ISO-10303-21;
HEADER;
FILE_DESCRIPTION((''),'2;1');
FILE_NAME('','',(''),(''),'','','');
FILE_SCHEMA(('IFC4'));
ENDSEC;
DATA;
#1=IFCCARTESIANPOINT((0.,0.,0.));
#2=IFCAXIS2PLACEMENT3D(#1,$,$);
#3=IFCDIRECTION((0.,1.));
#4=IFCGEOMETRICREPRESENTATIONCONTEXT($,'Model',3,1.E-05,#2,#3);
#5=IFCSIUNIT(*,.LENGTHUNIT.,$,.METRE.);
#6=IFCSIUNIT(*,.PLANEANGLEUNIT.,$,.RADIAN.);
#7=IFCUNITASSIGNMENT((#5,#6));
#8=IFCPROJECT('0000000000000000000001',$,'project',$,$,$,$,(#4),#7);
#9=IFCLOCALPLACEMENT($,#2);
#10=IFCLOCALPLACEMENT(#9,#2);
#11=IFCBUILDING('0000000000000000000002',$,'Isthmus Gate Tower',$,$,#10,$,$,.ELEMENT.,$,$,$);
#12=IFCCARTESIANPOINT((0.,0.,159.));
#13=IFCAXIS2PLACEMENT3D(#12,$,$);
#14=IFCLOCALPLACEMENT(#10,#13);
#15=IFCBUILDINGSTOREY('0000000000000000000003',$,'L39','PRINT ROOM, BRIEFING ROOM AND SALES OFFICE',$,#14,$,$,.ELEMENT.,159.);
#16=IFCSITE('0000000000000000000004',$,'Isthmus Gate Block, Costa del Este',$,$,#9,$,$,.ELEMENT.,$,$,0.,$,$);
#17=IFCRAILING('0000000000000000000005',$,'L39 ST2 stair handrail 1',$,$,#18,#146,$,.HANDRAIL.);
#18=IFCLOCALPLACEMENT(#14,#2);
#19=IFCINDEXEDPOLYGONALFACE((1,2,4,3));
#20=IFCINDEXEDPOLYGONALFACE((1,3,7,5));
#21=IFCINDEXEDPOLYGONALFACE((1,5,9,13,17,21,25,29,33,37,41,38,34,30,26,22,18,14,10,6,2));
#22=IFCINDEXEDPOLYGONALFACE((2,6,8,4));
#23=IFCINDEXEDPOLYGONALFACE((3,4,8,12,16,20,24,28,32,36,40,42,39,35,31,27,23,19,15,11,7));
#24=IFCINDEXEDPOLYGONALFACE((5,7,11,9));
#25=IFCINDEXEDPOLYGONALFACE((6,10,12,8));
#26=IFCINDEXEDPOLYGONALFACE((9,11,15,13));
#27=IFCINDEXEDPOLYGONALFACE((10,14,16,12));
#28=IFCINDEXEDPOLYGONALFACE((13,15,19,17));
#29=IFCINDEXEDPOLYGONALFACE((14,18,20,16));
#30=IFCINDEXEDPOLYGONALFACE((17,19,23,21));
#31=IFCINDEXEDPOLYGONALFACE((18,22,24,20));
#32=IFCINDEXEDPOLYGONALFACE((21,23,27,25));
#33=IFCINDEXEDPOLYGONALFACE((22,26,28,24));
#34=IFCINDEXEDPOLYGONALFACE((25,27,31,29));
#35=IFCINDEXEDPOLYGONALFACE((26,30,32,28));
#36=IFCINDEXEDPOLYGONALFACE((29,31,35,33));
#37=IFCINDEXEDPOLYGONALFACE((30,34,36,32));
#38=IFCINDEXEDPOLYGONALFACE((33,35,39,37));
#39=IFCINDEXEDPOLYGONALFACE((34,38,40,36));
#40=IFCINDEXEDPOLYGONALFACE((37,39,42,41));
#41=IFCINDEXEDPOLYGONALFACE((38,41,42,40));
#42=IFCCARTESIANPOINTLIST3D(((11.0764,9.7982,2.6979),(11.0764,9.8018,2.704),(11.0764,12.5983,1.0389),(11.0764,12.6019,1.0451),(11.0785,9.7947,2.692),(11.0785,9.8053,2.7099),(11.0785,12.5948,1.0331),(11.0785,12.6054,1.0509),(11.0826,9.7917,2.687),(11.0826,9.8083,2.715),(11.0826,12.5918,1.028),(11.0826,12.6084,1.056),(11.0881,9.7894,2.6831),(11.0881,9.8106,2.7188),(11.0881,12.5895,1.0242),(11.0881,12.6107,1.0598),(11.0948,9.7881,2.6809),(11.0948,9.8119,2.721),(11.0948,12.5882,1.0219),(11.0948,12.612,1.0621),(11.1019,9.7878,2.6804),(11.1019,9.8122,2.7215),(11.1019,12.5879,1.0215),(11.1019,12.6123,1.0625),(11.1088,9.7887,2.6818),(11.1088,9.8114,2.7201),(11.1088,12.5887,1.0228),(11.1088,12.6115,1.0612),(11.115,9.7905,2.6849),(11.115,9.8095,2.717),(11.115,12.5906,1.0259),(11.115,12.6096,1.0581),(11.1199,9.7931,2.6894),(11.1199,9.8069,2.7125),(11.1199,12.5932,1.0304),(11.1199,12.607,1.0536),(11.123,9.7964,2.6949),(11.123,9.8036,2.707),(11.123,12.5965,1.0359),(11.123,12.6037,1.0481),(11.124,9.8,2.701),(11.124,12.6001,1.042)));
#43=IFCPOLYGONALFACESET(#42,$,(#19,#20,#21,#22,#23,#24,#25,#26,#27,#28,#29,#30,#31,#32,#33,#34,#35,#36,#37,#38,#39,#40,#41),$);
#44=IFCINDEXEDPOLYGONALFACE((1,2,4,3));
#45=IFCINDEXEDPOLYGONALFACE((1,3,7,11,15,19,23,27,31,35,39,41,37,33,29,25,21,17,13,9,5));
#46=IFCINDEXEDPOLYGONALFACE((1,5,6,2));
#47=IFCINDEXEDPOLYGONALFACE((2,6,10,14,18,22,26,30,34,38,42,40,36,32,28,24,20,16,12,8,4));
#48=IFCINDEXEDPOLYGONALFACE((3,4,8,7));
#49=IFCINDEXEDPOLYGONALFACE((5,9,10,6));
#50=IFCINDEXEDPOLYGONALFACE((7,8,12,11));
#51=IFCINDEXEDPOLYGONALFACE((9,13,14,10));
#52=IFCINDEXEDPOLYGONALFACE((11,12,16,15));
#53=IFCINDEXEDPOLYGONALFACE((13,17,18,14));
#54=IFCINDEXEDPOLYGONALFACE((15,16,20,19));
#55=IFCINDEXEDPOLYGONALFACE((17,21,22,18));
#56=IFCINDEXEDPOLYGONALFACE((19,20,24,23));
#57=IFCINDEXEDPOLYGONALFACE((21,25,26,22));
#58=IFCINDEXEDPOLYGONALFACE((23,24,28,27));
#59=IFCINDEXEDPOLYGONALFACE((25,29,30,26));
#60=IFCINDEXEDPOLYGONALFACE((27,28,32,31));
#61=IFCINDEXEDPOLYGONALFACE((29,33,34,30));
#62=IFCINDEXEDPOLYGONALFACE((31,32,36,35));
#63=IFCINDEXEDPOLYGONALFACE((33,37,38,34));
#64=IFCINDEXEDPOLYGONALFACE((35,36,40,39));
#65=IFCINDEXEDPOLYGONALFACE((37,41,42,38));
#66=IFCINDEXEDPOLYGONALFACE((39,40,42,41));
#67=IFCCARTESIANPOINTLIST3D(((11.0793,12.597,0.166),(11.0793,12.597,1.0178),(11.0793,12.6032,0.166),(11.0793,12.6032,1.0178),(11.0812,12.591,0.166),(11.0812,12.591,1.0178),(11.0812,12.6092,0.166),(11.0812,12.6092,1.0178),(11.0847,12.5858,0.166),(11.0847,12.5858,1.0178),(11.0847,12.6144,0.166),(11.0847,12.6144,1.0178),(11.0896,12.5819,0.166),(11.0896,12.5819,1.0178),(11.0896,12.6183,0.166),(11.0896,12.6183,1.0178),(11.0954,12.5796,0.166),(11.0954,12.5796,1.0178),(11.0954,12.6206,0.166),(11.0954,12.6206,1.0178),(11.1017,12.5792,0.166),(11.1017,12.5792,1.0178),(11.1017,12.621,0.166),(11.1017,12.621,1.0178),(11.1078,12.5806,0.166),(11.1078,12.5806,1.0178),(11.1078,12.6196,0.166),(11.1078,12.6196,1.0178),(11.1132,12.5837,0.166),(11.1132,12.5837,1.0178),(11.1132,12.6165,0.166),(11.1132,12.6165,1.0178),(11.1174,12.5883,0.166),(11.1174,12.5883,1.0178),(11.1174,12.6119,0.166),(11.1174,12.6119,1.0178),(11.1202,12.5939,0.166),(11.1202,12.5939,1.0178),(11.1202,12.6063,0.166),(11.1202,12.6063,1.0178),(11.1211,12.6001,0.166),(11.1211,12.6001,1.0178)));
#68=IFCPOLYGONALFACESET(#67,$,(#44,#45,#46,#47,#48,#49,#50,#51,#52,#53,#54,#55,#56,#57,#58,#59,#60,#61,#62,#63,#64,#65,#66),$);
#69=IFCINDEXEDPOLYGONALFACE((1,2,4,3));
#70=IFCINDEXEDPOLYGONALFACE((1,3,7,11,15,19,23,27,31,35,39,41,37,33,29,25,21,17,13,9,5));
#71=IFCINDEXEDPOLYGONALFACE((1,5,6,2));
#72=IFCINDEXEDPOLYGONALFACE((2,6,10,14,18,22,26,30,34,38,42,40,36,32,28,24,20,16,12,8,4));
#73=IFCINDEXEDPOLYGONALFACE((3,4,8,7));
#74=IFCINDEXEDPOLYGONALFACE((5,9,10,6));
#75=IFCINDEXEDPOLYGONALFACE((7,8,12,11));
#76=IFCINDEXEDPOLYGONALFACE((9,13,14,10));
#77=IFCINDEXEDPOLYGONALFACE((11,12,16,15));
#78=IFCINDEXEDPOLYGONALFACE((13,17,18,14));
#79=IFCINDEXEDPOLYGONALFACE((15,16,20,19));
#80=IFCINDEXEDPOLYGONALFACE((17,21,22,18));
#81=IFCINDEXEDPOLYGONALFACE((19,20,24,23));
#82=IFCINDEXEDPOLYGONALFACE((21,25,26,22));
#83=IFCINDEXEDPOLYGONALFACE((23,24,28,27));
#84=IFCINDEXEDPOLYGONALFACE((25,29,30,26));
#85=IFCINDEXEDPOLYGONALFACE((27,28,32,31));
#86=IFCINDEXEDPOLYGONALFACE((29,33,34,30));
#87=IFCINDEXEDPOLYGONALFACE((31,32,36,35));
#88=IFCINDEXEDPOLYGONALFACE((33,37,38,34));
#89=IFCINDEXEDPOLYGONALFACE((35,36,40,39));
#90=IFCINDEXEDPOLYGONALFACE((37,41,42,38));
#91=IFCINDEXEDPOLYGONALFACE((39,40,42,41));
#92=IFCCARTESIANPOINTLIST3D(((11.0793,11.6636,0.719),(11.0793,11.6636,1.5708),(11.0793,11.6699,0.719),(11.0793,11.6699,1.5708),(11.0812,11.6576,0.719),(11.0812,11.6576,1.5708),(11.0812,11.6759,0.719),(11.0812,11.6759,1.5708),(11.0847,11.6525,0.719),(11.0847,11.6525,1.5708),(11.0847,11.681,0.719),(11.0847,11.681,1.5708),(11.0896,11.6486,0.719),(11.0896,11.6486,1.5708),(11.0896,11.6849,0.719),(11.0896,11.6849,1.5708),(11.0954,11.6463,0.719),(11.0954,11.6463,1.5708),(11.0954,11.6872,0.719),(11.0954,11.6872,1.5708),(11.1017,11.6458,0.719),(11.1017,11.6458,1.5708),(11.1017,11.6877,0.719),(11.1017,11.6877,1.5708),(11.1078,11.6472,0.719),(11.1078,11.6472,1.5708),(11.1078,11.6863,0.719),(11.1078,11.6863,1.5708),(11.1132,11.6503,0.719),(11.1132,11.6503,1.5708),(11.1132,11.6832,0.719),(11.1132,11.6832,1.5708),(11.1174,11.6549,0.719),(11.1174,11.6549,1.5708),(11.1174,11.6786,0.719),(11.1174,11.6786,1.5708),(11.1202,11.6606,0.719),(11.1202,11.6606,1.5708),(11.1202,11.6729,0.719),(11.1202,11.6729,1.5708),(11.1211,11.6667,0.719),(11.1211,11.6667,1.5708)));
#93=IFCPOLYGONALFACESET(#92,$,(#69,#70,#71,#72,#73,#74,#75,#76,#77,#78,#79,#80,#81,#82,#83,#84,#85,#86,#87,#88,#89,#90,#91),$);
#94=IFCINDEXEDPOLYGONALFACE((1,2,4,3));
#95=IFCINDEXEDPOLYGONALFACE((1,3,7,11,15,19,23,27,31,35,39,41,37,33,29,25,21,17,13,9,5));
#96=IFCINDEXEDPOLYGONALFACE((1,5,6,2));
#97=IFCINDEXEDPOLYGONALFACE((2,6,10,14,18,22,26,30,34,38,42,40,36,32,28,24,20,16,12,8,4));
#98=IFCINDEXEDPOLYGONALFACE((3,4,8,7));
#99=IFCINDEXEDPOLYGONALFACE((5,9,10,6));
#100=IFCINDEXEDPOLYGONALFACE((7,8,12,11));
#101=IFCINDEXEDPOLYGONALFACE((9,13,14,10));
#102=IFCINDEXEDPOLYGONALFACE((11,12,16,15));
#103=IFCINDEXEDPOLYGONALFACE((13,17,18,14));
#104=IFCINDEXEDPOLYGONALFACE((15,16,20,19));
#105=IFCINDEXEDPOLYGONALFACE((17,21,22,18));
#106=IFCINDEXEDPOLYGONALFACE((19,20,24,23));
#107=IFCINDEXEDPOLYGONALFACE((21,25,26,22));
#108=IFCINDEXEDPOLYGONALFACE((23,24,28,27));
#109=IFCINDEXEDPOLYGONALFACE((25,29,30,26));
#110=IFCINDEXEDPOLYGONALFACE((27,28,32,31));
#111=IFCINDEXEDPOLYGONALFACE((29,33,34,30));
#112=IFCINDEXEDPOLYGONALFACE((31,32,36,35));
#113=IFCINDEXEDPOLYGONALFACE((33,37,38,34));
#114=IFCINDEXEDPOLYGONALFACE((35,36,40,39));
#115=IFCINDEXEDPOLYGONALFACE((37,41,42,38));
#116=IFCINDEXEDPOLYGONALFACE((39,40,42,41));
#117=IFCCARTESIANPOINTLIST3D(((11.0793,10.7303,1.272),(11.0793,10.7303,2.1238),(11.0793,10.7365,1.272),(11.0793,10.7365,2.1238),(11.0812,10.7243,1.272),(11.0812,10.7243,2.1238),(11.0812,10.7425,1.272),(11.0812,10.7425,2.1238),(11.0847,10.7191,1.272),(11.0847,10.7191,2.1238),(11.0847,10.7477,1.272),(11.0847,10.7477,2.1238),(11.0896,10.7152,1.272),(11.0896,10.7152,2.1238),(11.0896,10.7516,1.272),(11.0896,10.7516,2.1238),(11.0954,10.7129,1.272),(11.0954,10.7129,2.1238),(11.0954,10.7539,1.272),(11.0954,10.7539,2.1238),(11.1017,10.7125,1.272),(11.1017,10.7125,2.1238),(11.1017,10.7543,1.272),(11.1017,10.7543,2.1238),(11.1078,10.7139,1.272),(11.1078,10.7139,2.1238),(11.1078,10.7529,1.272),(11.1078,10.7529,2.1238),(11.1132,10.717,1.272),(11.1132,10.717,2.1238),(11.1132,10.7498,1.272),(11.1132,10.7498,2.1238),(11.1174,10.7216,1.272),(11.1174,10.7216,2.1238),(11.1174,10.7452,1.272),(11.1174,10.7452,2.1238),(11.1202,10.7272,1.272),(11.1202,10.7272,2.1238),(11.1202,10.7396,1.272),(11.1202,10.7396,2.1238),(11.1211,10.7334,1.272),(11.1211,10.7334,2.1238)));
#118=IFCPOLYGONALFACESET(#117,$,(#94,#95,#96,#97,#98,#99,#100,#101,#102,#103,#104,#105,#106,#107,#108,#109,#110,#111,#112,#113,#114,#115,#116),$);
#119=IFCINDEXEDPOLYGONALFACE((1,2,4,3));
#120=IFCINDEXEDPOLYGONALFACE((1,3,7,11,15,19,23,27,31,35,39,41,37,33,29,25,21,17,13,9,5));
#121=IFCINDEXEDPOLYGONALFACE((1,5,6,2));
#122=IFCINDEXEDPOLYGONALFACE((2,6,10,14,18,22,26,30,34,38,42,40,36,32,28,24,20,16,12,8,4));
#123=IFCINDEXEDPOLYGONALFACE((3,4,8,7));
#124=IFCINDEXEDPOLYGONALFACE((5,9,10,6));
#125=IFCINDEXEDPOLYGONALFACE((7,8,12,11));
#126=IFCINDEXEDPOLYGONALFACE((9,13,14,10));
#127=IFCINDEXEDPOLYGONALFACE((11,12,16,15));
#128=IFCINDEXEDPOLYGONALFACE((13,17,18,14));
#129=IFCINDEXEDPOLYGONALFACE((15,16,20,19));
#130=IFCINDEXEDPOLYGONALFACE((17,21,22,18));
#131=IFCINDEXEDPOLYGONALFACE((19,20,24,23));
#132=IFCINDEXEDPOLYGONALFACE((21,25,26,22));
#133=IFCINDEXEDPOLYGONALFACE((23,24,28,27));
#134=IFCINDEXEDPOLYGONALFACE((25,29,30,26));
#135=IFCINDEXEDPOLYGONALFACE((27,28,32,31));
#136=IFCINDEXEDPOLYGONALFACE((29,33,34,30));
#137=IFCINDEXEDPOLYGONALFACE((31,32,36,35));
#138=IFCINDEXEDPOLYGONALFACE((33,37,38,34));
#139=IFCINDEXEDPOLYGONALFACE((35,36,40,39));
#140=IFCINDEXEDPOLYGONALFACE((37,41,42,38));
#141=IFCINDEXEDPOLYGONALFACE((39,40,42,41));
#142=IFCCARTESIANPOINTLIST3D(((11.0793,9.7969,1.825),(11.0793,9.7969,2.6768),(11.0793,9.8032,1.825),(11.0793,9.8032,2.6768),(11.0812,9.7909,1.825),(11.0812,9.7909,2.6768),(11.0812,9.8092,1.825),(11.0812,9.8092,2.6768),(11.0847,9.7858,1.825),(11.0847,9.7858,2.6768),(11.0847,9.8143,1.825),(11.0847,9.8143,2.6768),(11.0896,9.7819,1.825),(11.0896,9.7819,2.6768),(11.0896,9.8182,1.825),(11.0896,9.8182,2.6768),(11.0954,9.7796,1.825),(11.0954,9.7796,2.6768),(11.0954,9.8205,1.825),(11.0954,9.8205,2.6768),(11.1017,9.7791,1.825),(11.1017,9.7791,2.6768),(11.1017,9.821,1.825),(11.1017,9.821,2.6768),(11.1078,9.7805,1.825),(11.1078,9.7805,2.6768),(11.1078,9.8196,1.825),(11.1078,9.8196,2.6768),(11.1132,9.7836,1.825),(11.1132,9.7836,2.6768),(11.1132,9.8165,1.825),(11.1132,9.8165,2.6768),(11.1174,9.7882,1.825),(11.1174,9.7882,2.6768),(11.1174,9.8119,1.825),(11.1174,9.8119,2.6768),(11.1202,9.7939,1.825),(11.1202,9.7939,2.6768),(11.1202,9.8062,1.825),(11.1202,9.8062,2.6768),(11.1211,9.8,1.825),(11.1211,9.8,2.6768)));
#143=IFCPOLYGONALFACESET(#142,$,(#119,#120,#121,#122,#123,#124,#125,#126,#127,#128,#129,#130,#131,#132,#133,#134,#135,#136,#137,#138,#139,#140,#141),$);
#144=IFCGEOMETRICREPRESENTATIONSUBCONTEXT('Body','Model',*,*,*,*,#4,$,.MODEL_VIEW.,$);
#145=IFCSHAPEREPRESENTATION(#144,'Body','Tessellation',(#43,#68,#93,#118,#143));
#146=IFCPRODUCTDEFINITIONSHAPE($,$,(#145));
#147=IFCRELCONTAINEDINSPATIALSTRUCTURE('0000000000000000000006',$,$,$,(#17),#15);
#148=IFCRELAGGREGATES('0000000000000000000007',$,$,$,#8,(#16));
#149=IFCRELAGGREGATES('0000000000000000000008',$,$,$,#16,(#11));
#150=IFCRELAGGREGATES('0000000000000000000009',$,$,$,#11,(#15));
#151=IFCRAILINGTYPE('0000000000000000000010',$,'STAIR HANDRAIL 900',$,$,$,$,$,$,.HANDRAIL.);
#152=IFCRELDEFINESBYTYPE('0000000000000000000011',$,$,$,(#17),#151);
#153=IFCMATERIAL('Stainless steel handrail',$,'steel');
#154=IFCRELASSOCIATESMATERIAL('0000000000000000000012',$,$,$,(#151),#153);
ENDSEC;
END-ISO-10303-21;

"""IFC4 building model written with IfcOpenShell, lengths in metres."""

from ifc_helpers import new_model, si_unit, direction, frame, origin, origin_2d, place, context, subcontext, project, spatial, circle, extrude, material, type_object, element, save


model = new_model("IFC4")

# Units and contexts
model_context = context("Model", 3, precision=1e-05, world=origin(), true_north=direction((0.0, 1.0)))
body_context = subcontext(model_context, "Body", "Model", "MODEL_VIEW")
ifc_project = project(units=[si_unit("LENGTHUNIT", "METRE"), si_unit("PLANEANGLEUNIT", "RADIAN")], contexts=[model_context])

# Site, building, storey
site_placement = place(None, origin())
site = spatial("IfcSite", under=ifc_project, at=site_placement, Name="Isthmus Gate Block, Costa del Este", CompositionType="ELEMENT", RefElevation=0.0)
building_placement = place(site_placement, origin())
building = spatial("IfcBuilding", under=site, at=building_placement, Name="Isthmus Gate Tower", CompositionType="ELEMENT")
storey_placement = place(building_placement, frame((0.0, 0.0, 159.0)))
storey = spatial("IfcBuildingStorey", under=building, at=storey_placement, Name="L39", Description="PRINT ROOM, BRIEFING ROOM AND SALES OFFICE", CompositionType="ELEMENT", Elevation=159.0)

# Railing
ifc_material_1 = material(Name="Stainless steel handrail", Category="steel")
railing_type_1 = type_object("IfcRailingType", Name="STAIR HANDRAIL 900", PredefinedType="HANDRAIL", material=ifc_material_1)
for number, where, name in (
    (1, (11.1001, 12.6001, 0.166), "L39 ST2 stair handrail 1"),
):
    element("IfcRailing", number, at=place(storey_placement, frame(where)), inside=storey, type_object=railing_type_1, Name=name, PredefinedType="HANDRAIL", context=body_context, shape_type="SweptSolid", body=[
        extrude(circle(Radius=0.0239, at=origin_2d()), frame((0.0, 0.0, 0.876), z_axis=(0.0, -0.860339, 0.509722), x_axis=(1.0, 0.0, 0.0)), (0.0, 0.0, 1.0), 3.2546),
        extrude(circle(Radius=0.021, at=origin_2d()), origin(), (0.0, 0.0, 1.0), 0.8518),
        extrude(circle(Radius=0.021, at=origin_2d()), frame((0.0, -0.9333, 0.553)), (0.0, 0.0, 1.0), 0.8518),
        extrude(circle(Radius=0.021, at=origin_2d()), frame((0.0, -1.8667, 1.106)), (0.0, 0.0, 1.0), 0.8518),
        extrude(circle(Radius=0.021, at=origin_2d()), frame((0.0, -2.8, 1.6589)), (0.0, 0.0, 1.0), 0.8518),
    ])

save(model, "model.ifc")
